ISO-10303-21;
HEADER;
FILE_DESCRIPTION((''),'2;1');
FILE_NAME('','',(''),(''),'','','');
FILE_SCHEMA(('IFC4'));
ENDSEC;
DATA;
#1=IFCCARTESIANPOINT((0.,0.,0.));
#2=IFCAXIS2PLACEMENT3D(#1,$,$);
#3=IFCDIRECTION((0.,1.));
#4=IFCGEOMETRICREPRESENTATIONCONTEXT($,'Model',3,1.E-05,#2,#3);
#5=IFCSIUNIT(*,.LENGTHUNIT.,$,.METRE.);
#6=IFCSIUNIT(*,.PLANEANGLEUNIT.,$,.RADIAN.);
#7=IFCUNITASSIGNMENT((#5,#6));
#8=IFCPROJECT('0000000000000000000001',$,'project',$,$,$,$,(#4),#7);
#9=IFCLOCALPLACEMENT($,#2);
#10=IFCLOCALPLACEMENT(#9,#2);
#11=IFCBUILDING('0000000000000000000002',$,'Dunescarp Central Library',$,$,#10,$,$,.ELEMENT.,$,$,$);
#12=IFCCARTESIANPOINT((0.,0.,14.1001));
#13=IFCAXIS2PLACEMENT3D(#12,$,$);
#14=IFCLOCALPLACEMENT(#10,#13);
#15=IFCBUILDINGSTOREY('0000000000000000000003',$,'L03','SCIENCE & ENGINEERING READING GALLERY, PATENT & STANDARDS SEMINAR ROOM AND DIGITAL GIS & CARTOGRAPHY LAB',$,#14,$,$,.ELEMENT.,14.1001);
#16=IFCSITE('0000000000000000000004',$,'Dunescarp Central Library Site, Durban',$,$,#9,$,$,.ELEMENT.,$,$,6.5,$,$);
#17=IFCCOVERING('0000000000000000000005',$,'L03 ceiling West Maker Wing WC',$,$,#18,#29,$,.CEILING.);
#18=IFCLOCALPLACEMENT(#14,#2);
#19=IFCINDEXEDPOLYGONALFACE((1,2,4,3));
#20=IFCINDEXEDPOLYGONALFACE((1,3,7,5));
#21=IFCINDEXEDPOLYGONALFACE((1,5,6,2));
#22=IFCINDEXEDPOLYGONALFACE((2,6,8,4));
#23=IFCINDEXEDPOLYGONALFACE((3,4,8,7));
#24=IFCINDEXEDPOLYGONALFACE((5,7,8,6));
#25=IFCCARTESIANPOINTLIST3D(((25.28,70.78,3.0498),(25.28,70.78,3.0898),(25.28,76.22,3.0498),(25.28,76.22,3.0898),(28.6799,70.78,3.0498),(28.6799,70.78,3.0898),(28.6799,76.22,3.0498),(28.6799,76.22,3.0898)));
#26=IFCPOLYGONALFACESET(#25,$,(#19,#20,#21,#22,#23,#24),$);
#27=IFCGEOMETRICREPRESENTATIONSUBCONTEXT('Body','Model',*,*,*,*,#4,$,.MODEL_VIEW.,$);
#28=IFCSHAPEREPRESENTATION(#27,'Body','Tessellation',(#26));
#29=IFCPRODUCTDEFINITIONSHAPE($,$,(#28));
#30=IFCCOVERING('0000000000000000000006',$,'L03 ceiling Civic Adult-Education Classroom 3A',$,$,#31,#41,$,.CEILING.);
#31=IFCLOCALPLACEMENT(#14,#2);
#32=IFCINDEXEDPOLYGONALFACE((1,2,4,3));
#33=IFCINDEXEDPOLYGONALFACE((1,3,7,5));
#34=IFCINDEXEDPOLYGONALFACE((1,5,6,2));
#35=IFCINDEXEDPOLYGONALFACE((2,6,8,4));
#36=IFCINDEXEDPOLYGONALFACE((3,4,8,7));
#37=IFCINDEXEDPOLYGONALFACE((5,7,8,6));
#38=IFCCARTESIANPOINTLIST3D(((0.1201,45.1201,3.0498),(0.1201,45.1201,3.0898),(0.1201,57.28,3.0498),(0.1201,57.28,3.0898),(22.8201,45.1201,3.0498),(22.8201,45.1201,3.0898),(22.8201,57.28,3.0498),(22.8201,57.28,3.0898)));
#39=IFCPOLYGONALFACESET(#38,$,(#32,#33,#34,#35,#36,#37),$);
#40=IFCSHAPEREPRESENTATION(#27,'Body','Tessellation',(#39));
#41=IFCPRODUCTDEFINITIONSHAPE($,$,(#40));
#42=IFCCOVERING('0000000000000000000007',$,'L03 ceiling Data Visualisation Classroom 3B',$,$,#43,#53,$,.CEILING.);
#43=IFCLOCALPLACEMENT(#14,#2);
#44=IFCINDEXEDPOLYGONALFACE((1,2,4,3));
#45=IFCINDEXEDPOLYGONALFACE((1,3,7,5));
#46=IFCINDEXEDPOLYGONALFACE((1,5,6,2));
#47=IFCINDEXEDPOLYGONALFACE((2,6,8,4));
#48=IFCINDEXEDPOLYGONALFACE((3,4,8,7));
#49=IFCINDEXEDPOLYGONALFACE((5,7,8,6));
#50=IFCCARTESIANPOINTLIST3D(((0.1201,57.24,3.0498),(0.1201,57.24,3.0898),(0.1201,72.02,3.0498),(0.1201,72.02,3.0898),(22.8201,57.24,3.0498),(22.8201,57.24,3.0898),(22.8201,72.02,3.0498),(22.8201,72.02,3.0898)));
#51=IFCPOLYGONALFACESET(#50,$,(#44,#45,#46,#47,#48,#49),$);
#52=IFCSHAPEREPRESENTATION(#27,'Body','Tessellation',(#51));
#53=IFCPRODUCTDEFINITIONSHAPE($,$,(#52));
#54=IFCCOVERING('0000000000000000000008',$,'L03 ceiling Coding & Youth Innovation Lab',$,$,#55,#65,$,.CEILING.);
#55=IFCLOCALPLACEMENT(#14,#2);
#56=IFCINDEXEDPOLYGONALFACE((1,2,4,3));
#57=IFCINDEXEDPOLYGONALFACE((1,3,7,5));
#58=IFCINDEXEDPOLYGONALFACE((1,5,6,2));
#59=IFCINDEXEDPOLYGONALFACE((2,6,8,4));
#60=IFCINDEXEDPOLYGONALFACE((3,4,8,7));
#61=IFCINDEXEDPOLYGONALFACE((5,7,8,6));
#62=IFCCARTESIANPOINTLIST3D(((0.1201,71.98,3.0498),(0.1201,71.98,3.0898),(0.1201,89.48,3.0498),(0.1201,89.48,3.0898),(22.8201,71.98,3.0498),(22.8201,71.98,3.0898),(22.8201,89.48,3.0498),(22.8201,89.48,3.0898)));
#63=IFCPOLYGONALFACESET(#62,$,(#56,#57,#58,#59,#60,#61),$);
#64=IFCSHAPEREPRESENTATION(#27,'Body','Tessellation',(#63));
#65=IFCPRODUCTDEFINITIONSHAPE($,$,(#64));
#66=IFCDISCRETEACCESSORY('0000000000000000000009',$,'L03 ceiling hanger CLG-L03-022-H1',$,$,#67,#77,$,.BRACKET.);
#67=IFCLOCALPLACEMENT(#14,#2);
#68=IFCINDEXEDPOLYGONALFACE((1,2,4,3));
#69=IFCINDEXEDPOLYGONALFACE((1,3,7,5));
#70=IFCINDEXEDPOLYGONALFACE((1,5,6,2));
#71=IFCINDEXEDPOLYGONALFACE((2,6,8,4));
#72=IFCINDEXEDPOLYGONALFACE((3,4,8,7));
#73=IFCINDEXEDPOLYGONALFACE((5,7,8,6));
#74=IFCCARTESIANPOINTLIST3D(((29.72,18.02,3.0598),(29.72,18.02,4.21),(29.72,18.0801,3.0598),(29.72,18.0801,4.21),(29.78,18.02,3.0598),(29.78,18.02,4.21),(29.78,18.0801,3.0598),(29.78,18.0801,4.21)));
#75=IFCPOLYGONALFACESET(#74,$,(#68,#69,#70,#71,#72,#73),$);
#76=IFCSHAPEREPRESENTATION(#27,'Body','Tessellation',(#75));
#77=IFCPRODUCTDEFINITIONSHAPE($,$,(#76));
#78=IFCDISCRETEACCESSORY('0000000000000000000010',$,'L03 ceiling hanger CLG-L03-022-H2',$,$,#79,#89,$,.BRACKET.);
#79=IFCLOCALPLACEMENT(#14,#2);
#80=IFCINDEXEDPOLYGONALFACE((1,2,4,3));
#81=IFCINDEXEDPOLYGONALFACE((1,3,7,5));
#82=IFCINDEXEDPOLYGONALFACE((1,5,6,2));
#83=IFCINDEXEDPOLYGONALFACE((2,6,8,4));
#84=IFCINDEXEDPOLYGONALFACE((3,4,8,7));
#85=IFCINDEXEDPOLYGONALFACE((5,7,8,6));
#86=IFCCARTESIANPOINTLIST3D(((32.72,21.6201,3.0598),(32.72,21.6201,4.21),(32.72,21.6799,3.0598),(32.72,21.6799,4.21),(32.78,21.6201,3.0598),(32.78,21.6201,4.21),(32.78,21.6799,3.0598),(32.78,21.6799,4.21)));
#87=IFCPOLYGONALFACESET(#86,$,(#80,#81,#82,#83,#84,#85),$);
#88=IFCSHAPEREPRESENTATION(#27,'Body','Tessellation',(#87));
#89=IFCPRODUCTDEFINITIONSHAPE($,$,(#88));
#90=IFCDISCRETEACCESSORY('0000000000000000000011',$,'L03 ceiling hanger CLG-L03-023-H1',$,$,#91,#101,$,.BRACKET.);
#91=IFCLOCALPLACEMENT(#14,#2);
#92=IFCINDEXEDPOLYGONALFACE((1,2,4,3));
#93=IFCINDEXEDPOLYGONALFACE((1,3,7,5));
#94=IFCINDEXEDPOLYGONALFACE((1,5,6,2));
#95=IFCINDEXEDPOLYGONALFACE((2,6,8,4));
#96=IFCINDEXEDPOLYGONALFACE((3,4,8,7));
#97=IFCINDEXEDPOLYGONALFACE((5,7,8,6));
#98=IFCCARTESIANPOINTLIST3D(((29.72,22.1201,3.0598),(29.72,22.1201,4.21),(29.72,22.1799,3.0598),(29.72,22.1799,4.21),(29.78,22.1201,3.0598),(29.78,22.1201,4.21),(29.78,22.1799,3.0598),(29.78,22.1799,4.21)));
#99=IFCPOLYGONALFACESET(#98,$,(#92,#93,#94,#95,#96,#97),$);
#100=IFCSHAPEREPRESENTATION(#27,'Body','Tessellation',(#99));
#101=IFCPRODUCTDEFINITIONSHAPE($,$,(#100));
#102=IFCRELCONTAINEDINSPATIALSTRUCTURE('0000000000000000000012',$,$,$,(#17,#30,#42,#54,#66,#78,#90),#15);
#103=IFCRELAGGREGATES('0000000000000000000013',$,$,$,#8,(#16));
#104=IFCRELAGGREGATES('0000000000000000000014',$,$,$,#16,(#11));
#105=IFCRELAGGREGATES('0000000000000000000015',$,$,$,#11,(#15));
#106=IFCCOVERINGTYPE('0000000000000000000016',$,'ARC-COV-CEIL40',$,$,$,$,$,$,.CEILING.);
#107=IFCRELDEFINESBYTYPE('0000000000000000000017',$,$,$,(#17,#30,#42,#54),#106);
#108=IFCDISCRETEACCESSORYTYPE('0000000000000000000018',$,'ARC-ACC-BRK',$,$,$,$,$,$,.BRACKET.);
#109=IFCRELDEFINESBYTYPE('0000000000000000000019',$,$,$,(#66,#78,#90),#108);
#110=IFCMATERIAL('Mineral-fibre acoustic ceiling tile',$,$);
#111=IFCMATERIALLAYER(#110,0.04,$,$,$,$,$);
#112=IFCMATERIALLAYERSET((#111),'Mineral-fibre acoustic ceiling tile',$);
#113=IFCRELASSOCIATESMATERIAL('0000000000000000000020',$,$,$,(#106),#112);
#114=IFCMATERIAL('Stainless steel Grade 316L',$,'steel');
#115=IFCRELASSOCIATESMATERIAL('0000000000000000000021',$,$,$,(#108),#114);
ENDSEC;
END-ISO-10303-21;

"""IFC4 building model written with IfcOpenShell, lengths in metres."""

from ifc_helpers import new_model, si_unit, direction, frame, origin, place, context, subcontext, project, spatial, polyline, outline, extrude, material, layer, layer_set, type_object, element, save


model = new_model("IFC4")

# Units and contexts
model_context = context("Model", 3, precision=1e-05, world=origin(), true_north=direction((0.0, 1.0)))
body_context = subcontext(model_context, "Body", "Model", "MODEL_VIEW")
ifc_project = project(units=[si_unit("LENGTHUNIT", "METRE"), si_unit("PLANEANGLEUNIT", "RADIAN")], contexts=[model_context])

# Site, building, storey
site_placement = place(None, origin())
site = spatial("IfcSite", under=ifc_project, at=site_placement, Name="Dunescarp Central Library Site, Durban", CompositionType="ELEMENT", RefElevation=6.5)
building_placement = place(site_placement, origin())
building = spatial("IfcBuilding", under=site, at=building_placement, Name="Dunescarp Central Library", CompositionType="ELEMENT")
storey_placement = place(building_placement, frame((0.0, 0.0, 14.1001)))
storey = spatial("IfcBuildingStorey", under=building, at=storey_placement, Name="L03", Description="SCIENCE & ENGINEERING READING GALLERY, PATENT & STANDARDS SEMINAR ROOM AND DIGITAL GIS & CARTOGRAPHY LAB", CompositionType="ELEMENT", Elevation=14.1001)

# Coverings
ifc_material_1 = material(Name="Mineral-fibre acoustic ceiling tile")
ifc_layer_1 = layer(ifc_material_1, 0.04)
ifc_layer_set_1 = layer_set([ifc_layer_1], Name="Mineral-fibre acoustic ceiling tile")
covering_type_1 = type_object("IfcCoveringType", Name="ARC-COV-CEIL40", PredefinedType="CEILING", material=ifc_layer_set_1)
covering_1_placement = place(storey_placement, frame((0.0, 0.0, 3.0498)))
element("IfcCovering", 1, at=covering_1_placement, inside=storey, type_object=covering_type_1, Name="L03 ceiling West Maker Wing WC", PredefinedType="CEILING", context=body_context, shape_type="SweptSolid", body=[
    extrude(outline(polyline([(25.28, 70.78), (28.6799, 70.78), (28.6799, 76.22), (25.28, 76.22), (25.28, 70.78)])), origin(), (0.0, 0.0, 1.0), 0.04),
])
covering_2_placement = place(storey_placement, frame((0.0, 0.0, 3.0498)))
element("IfcCovering", 2, at=covering_2_placement, inside=storey, type_object=covering_type_1, Name="L03 ceiling Civic Adult-Education Classroom 3A", PredefinedType="CEILING", context=body_context, shape_type="SweptSolid", body=[
    extrude(outline(polyline([(0.1201, 45.1201), (22.8201, 45.1201), (22.8201, 57.28), (0.1201, 57.28), (0.1201, 45.1201)])), origin(), (0.0, 0.0, 1.0), 0.04),
])
covering_3_placement = place(storey_placement, frame((0.0, 0.0, 3.0498)))
element("IfcCovering", 3, at=covering_3_placement, inside=storey, type_object=covering_type_1, Name="L03 ceiling Data Visualisation Classroom 3B", PredefinedType="CEILING", context=body_context, shape_type="SweptSolid", body=[
    extrude(outline(polyline([(0.1201, 57.24), (22.8201, 57.24), (22.8201, 72.02), (0.1201, 72.02), (0.1201, 57.24)])), origin(), (0.0, 0.0, 1.0), 0.04),
])
covering_4_placement = place(storey_placement, frame((0.0, 0.0, 3.0498)))
element("IfcCovering", 4, at=covering_4_placement, inside=storey, type_object=covering_type_1, Name="L03 ceiling Coding & Youth Innovation Lab", PredefinedType="CEILING", context=body_context, shape_type="SweptSolid", body=[
    extrude(outline(polyline([(0.1201, 71.98), (22.8201, 71.98), (22.8201, 89.48), (0.1201, 89.48), (0.1201, 71.98)])), origin(), (0.0, 0.0, 1.0), 0.04),
])

# Discrete accessories
ifc_material_2 = material(Name="Stainless steel Grade 316L", Category="steel")
discrete_accessory_type = type_object("IfcDiscreteAccessoryType", Name="ARC-ACC-BRK", PredefinedType="BRACKET", material=ifc_material_2)
discrete_accessory_1_placement = place(storey_placement, frame((0.0, 0.0, 3.0598)))
element("IfcDiscreteAccessory", 5, at=discrete_accessory_1_placement, inside=storey, type_object=discrete_accessory_type, Name="L03 ceiling hanger CLG-L03-022-H1", PredefinedType="BRACKET", context=body_context, shape_type="SweptSolid", body=[
    extrude(outline(polyline([(29.72, 18.02), (29.78, 18.02), (29.78, 18.0801), (29.72, 18.0801), (29.72, 18.02)])), origin(), (0.0, 0.0, 1.0), 1.1501),
])
discrete_accessory_2_placement = place(storey_placement, frame((0.0, 0.0, 3.0598)))
element("IfcDiscreteAccessory", 6, at=discrete_accessory_2_placement, inside=storey, type_object=discrete_accessory_type, Name="L03 ceiling hanger CLG-L03-022-H2", PredefinedType="BRACKET", context=body_context, shape_type="SweptSolid", body=[
    extrude(outline(polyline([(32.72, 21.6201), (32.78, 21.6201), (32.78, 21.6799), (32.72, 21.6799), (32.72, 21.6201)])), origin(), (0.0, 0.0, 1.0), 1.1501),
])
discrete_accessory_3_placement = place(storey_placement, frame((0.0, 0.0, 3.0598)))
element("IfcDiscreteAccessory", 7, at=discrete_accessory_3_placement, inside=storey, type_object=discrete_accessory_type, Name="L03 ceiling hanger CLG-L03-023-H1", PredefinedType="BRACKET", context=body_context, shape_type="SweptSolid", body=[
    extrude(outline(polyline([(29.72, 22.1201), (29.78, 22.1201), (29.78, 22.1799), (29.72, 22.1799), (29.72, 22.1201)])), origin(), (0.0, 0.0, 1.0), 1.1501),
])

save(model, "model.ifc")
